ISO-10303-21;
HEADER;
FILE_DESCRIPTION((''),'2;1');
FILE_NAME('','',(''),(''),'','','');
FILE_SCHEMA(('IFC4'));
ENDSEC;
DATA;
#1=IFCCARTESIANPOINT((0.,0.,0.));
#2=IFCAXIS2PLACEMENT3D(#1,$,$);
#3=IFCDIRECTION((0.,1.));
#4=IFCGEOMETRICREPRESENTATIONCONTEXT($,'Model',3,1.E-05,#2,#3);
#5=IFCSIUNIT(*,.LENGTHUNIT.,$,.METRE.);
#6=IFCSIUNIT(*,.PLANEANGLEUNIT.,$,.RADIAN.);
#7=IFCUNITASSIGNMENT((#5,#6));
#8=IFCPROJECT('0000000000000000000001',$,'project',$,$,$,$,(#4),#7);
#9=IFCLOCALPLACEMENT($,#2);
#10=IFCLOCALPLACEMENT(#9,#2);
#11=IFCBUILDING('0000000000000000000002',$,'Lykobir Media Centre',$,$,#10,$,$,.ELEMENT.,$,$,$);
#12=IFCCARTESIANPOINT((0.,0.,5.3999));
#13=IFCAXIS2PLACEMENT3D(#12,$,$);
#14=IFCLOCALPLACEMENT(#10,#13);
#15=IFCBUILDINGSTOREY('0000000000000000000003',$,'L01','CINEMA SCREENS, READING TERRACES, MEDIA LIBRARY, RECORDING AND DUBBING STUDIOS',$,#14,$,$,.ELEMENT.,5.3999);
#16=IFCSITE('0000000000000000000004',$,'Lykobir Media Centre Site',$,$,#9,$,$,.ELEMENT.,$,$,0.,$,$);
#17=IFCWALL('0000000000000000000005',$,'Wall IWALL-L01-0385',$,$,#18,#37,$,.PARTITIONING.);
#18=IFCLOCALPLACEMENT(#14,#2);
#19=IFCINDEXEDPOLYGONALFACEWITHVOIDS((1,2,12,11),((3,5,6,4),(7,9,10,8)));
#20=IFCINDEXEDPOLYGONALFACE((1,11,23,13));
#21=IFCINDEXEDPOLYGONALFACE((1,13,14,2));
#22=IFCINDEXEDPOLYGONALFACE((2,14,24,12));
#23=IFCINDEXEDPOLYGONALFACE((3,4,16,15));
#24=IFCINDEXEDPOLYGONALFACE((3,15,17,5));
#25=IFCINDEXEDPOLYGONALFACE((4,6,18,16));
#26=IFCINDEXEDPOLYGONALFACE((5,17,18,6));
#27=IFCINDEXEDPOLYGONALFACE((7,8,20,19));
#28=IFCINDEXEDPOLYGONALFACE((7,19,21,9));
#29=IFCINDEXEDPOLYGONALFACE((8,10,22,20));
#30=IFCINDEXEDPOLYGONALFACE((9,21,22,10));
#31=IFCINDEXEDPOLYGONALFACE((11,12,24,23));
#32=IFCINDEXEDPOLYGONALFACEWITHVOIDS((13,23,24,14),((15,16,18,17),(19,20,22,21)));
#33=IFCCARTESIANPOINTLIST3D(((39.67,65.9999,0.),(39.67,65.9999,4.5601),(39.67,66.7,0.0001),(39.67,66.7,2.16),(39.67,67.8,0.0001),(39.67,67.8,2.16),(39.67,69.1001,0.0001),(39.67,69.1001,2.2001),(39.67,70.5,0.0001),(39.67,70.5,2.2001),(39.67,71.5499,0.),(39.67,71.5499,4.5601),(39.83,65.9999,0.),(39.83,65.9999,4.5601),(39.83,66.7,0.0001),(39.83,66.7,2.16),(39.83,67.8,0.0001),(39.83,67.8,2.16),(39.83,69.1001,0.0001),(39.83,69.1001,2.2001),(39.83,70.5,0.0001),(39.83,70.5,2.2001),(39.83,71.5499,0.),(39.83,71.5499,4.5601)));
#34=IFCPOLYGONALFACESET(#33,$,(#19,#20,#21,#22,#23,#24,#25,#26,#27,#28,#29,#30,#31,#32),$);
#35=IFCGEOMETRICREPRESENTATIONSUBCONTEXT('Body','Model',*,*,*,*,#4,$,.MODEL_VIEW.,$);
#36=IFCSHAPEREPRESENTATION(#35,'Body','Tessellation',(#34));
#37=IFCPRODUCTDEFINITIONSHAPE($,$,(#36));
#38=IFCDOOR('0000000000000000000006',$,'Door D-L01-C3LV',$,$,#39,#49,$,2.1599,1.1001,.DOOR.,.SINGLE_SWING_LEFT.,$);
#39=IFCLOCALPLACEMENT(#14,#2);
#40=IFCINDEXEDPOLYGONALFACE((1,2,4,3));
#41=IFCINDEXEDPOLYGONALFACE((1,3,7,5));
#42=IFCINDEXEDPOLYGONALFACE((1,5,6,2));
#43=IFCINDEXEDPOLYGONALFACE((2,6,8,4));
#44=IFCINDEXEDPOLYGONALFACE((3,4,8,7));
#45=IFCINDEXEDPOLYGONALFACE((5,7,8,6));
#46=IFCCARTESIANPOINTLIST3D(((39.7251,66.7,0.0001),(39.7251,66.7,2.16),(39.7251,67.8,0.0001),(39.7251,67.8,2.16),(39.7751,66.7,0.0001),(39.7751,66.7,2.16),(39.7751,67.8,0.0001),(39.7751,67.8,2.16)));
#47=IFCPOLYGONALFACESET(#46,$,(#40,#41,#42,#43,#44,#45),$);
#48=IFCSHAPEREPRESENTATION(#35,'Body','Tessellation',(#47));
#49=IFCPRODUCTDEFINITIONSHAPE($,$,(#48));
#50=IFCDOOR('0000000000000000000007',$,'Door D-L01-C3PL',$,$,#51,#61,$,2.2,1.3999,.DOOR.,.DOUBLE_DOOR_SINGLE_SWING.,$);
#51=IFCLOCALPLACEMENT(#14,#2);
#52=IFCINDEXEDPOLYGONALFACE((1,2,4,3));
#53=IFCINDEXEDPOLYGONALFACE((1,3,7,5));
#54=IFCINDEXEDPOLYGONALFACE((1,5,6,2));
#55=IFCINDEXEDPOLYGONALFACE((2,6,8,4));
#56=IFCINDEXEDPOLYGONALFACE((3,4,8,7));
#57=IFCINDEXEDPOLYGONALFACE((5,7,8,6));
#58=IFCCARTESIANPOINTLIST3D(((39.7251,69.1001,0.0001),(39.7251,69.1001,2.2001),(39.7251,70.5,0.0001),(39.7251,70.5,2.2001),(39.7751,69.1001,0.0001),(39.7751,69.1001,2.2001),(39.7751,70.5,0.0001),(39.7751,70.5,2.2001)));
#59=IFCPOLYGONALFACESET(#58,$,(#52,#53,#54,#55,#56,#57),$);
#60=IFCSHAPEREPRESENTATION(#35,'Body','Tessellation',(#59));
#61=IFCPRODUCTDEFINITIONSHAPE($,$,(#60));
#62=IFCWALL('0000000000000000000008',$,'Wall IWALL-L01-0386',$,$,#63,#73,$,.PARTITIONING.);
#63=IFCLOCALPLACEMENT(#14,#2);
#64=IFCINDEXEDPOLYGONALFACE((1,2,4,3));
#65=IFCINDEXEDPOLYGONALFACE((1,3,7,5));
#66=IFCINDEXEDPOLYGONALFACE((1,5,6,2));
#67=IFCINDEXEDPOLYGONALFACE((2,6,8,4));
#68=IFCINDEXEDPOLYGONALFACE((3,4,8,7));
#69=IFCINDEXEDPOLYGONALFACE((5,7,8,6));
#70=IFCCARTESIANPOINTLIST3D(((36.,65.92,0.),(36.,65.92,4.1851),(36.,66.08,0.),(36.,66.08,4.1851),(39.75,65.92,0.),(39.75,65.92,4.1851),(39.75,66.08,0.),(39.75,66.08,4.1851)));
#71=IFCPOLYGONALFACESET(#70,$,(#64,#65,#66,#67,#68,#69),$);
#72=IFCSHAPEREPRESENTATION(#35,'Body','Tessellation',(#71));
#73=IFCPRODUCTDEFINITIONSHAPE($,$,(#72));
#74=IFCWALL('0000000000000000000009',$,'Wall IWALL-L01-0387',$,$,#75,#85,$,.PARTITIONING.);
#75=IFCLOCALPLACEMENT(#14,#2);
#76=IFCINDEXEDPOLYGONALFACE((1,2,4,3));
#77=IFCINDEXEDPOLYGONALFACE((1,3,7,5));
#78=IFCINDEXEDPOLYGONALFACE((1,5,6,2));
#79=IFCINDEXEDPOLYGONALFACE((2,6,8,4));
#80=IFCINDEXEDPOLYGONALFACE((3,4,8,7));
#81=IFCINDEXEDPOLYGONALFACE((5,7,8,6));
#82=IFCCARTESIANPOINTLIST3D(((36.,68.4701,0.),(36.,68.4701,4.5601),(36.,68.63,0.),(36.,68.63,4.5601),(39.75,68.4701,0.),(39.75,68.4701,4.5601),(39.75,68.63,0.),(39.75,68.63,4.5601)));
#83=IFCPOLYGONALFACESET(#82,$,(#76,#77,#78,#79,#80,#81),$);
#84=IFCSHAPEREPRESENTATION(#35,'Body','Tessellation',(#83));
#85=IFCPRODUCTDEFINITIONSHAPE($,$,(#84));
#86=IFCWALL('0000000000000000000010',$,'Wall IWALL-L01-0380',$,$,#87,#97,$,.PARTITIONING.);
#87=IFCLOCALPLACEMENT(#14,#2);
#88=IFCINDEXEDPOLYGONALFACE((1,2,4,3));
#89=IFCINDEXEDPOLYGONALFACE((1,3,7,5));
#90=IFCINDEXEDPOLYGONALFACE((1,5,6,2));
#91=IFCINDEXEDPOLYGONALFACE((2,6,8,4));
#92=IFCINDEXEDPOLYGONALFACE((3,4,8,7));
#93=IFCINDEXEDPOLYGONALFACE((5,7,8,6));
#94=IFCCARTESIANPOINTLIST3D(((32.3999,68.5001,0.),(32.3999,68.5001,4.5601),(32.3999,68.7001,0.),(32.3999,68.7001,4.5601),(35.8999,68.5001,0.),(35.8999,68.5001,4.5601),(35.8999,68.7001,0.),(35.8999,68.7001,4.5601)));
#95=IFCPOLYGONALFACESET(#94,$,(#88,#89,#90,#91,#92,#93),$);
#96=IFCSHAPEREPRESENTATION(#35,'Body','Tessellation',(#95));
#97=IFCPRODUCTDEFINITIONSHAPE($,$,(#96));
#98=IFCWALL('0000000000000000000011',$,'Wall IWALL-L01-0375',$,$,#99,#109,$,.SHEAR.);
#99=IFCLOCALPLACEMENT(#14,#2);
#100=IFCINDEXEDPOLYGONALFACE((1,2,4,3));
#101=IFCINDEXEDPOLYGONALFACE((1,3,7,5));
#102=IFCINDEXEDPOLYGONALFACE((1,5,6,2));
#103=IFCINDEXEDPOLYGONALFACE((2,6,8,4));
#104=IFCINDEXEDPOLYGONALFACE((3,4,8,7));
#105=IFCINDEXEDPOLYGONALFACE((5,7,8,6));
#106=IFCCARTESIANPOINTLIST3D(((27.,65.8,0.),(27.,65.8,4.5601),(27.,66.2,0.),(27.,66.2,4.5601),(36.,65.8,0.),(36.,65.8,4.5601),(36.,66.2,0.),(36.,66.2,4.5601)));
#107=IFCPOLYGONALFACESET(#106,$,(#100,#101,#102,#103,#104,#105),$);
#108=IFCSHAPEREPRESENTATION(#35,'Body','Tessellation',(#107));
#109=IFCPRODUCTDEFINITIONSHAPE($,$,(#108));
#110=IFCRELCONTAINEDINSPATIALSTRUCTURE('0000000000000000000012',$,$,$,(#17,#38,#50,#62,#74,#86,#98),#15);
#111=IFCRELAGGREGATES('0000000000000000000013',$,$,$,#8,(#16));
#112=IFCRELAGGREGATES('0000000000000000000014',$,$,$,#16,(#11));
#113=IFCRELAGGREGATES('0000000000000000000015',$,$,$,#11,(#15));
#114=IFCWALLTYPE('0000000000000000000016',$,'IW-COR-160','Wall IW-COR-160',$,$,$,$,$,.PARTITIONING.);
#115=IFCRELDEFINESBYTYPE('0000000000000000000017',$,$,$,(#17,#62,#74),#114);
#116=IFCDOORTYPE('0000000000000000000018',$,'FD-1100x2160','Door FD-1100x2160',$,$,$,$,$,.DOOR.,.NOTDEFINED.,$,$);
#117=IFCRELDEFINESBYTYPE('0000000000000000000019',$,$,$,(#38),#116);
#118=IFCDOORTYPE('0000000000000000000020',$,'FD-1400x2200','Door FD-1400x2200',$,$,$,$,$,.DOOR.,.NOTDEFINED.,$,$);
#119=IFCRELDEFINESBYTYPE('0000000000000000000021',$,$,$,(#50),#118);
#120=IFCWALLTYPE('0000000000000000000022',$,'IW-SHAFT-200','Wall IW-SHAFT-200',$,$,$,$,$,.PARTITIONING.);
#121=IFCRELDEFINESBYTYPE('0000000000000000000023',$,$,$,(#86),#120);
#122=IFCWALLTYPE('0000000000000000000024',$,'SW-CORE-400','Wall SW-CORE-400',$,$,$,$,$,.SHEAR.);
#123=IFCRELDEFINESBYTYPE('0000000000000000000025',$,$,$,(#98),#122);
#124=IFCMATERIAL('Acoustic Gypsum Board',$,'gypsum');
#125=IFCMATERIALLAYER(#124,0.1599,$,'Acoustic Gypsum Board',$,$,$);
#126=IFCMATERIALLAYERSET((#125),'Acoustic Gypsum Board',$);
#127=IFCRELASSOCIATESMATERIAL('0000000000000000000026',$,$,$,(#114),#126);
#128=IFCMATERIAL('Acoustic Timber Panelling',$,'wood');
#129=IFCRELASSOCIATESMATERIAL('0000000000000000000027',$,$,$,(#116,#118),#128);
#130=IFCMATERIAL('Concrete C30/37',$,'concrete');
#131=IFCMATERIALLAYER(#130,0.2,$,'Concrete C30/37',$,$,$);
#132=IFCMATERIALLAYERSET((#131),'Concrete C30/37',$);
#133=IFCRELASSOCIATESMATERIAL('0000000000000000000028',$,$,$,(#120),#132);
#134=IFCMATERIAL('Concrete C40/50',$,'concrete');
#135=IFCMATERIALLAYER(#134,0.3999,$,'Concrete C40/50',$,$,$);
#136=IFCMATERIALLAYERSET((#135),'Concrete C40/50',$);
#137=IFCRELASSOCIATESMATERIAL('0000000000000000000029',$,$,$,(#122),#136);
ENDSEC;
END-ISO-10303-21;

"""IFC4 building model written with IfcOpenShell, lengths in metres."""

from ifc_helpers import new_model, si_unit, direction, frame, frame_2d, origin, place, context, subcontext, project, spatial, rectangle, extrude, material, layer, layer_set, type_object, element, fill, save


model = new_model("IFC4")

# Units and contexts
model_context = context("Model", 3, precision=1e-05, world=origin(), true_north=direction((0.0, 1.0)))
body_context = subcontext(model_context, "Body", "Model", "MODEL_VIEW")
ifc_project = project(units=[si_unit("LENGTHUNIT", "METRE"), si_unit("PLANEANGLEUNIT", "RADIAN")], contexts=[model_context])

# Site, building, storey
site_placement = place(None, origin())
site = spatial("IfcSite", under=ifc_project, at=site_placement, Name="Lykobir Media Centre Site", CompositionType="ELEMENT", RefElevation=0.0)
building_placement = place(site_placement, origin())
building = spatial("IfcBuilding", under=site, at=building_placement, Name="Lykobir Media Centre", CompositionType="ELEMENT")
storey_placement = place(building_placement, frame((0.0, 0.0, 5.3999)))
storey = spatial("IfcBuildingStorey", under=building, at=storey_placement, Name="L01", Description="CINEMA SCREENS, READING TERRACES, MEDIA LIBRARY, RECORDING AND DUBBING STUDIOS", CompositionType="ELEMENT", Elevation=5.3999)

# Wall, openings, doors
ifc_material_1 = material(Name="Acoustic Gypsum Board", Category="gypsum")
ifc_layer_1 = layer(ifc_material_1, 0.1599, Name="Acoustic Gypsum Board")
ifc_layer_set_1 = layer_set([ifc_layer_1], Name="Acoustic Gypsum Board")
wall_type_1 = type_object("IfcWallType", Name="IW-COR-160", Description="Wall IW-COR-160", PredefinedType="PARTITIONING", material=ifc_layer_set_1)
wall_1_placement = place(storey_placement, frame((39.75, 66.0, 0.0), z_axis=(0.0, 0.0, 1.0), x_axis=(0.0, 1.0, 0.0)))
wall_1 = element("IfcWall", 1, at=wall_1_placement, inside=storey, type_object=wall_type_1, Name="Wall IWALL-L01-0385", PredefinedType="PARTITIONING", context=body_context, shape_type="SweptSolid", body=[
    extrude(rectangle(XDim=5.55, YDim=0.1599, at=frame_2d((2.7749, 0.0))), origin(), (0.0, 0.0, 1.0), 4.5601),
])
opening_1_placement = place(wall_1_placement, frame((0.7, 0.0, 0.0)))
opening_1 = element("IfcOpeningElement", 2, at=opening_1_placement, cuts=wall_1, PredefinedType="OPENING", context=body_context, shape_type="SweptSolid", body=[
    extrude(rectangle(XDim=1.1001, YDim=2.1599, at=frame_2d((0.55, 1.0801))), frame((0.0, 0.0898, 0.0), z_axis=(0.0, -1.0, 0.0), x_axis=(1.0, 0.0, 0.0)), (0.0, 0.0, 1.0), 0.1799),
])
opening_2_placement = place(wall_1_placement, frame((3.1001, 0.0, 0.0)))
opening_2 = element("IfcOpeningElement", 3, at=opening_2_placement, cuts=wall_1, PredefinedType="OPENING", context=body_context, shape_type="SweptSolid", body=[
    extrude(rectangle(XDim=1.3999, YDim=2.2, at=frame_2d((0.7, 1.1001))), frame((0.0, 0.0898, 0.0), z_axis=(0.0, -1.0, 0.0), x_axis=(1.0, 0.0, 0.0)), (0.0, 0.0, 1.0), 0.1799),
])
ifc_material_2 = material(Name="Acoustic Timber Panelling", Category="wood")
door_type_1 = type_object("IfcDoorType", Name="FD-1100x2160", Description="Door FD-1100x2160", OperationType="NOTDEFINED", PredefinedType="DOOR", material=ifc_material_2)
door_1_placement = place(opening_1_placement, origin())
door_1 = element("IfcDoor", 4, at=door_1_placement, inside=storey, type_object=door_type_1, Name="Door D-L01-C3LV", OperationType="SINGLE_SWING_LEFT", OverallHeight=2.1599, OverallWidth=1.1001, PredefinedType="DOOR", context=body_context, shape_type="SweptSolid", body=[
    extrude(rectangle(XDim=1.1001, YDim=2.1599, at=frame_2d((0.55, 1.0801))), frame((0.0, 0.0249, 0.0), z_axis=(0.0, -1.0, 0.0), x_axis=(1.0, 0.0, 0.0)), (0.0, 0.0, 1.0), 0.05),
])
fill(opening_1, door_1)
door_type_2 = type_object("IfcDoorType", Name="FD-1400x2200", Description="Door FD-1400x2200", OperationType="NOTDEFINED", PredefinedType="DOOR", material=ifc_material_2)
door_2_placement = place(opening_2_placement, origin())
door_2 = element("IfcDoor", 5, at=door_2_placement, inside=storey, type_object=door_type_2, Name="Door D-L01-C3PL", OperationType="DOUBLE_DOOR_SINGLE_SWING", OverallHeight=2.2, OverallWidth=1.3999, PredefinedType="DOOR", context=body_context, shape_type="SweptSolid", body=[
    extrude(rectangle(XDim=1.3999, YDim=2.2, at=frame_2d((0.7, 1.1001))), frame((0.0, 0.0249, 0.0), z_axis=(0.0, -1.0, 0.0), x_axis=(1.0, 0.0, 0.0)), (0.0, 0.0, 1.0), 0.05),
])
fill(opening_2, door_2)

# Walls
wall_2_placement = place(storey_placement, frame((36.0, 66.0, 0.0), z_axis=(0.0, 0.0, 1.0), x_axis=(1.0, 0.0, 0.0)))
element("IfcWall", 6, at=wall_2_placement, inside=storey, type_object=wall_type_1, Name="Wall IWALL-L01-0386", PredefinedType="PARTITIONING", context=body_context, shape_type="SweptSolid", body=[
    extrude(rectangle(XDim=3.75, YDim=0.1599, at=frame_2d((1.875, 0.0))), origin(), (0.0, 0.0, 1.0), 4.1851),
])
wall_3_placement = place(storey_placement, frame((36.0, 68.55, 0.0), z_axis=(0.0, 0.0, 1.0), x_axis=(1.0, 0.0, 0.0)))
element("IfcWall", 7, at=wall_3_placement, inside=storey, type_object=wall_type_1, Name="Wall IWALL-L01-0387", PredefinedType="PARTITIONING", context=body_context, shape_type="SweptSolid", body=[
    extrude(rectangle(XDim=3.75, YDim=0.1599, at=frame_2d((1.875, 0.0))), origin(), (0.0, 0.0, 1.0), 4.5601),
])
ifc_material_3 = material(Name="Concrete C30/37", Category="concrete")
ifc_layer_2 = layer(ifc_material_3, 0.2, Name="Concrete C30/37")
ifc_layer_set_2 = layer_set([ifc_layer_2], Name="Concrete C30/37")
wall_type_2 = type_object("IfcWallType", Name="IW-SHAFT-200", Description="Wall IW-SHAFT-200", PredefinedType="PARTITIONING", material=ifc_layer_set_2)
wall_4_placement = place(storey_placement, frame((32.3999, 68.6001, 0.0), z_axis=(0.0, 0.0, 1.0), x_axis=(1.0, 0.0, 0.0)))
element("IfcWall", 8, at=wall_4_placement, inside=storey, type_object=wall_type_2, Name="Wall IWALL-L01-0380", PredefinedType="PARTITIONING", context=body_context, shape_type="SweptSolid", body=[
    extrude(rectangle(XDim=3.5, YDim=0.2, at=frame_2d((1.75, 0.0))), origin(), (0.0, 0.0, 1.0), 4.5601),
])
ifc_material_4 = material(Name="Concrete C40/50", Category="concrete")
ifc_layer_3 = layer(ifc_material_4, 0.3999, Name="Concrete C40/50")
ifc_layer_set_3 = layer_set([ifc_layer_3], Name="Concrete C40/50")
wall_type_3 = type_object("IfcWallType", Name="SW-CORE-400", Description="Wall SW-CORE-400", PredefinedType="SHEAR", material=ifc_layer_set_3)
wall_5_placement = place(storey_placement, frame((27.0, 66.0, 0.0), z_axis=(0.0, 0.0, 1.0), x_axis=(1.0, 0.0, 0.0)))
element("IfcWall", 9, at=wall_5_placement, inside=storey, type_object=wall_type_3, Name="Wall IWALL-L01-0375", PredefinedType="SHEAR", context=body_context, shape_type="SweptSolid", body=[
    extrude(rectangle(XDim=9.0, YDim=0.3999, at=frame_2d((4.5, 0.0))), origin(), (0.0, 0.0, 1.0), 4.5601),
])

save(model, "model.ifc")
